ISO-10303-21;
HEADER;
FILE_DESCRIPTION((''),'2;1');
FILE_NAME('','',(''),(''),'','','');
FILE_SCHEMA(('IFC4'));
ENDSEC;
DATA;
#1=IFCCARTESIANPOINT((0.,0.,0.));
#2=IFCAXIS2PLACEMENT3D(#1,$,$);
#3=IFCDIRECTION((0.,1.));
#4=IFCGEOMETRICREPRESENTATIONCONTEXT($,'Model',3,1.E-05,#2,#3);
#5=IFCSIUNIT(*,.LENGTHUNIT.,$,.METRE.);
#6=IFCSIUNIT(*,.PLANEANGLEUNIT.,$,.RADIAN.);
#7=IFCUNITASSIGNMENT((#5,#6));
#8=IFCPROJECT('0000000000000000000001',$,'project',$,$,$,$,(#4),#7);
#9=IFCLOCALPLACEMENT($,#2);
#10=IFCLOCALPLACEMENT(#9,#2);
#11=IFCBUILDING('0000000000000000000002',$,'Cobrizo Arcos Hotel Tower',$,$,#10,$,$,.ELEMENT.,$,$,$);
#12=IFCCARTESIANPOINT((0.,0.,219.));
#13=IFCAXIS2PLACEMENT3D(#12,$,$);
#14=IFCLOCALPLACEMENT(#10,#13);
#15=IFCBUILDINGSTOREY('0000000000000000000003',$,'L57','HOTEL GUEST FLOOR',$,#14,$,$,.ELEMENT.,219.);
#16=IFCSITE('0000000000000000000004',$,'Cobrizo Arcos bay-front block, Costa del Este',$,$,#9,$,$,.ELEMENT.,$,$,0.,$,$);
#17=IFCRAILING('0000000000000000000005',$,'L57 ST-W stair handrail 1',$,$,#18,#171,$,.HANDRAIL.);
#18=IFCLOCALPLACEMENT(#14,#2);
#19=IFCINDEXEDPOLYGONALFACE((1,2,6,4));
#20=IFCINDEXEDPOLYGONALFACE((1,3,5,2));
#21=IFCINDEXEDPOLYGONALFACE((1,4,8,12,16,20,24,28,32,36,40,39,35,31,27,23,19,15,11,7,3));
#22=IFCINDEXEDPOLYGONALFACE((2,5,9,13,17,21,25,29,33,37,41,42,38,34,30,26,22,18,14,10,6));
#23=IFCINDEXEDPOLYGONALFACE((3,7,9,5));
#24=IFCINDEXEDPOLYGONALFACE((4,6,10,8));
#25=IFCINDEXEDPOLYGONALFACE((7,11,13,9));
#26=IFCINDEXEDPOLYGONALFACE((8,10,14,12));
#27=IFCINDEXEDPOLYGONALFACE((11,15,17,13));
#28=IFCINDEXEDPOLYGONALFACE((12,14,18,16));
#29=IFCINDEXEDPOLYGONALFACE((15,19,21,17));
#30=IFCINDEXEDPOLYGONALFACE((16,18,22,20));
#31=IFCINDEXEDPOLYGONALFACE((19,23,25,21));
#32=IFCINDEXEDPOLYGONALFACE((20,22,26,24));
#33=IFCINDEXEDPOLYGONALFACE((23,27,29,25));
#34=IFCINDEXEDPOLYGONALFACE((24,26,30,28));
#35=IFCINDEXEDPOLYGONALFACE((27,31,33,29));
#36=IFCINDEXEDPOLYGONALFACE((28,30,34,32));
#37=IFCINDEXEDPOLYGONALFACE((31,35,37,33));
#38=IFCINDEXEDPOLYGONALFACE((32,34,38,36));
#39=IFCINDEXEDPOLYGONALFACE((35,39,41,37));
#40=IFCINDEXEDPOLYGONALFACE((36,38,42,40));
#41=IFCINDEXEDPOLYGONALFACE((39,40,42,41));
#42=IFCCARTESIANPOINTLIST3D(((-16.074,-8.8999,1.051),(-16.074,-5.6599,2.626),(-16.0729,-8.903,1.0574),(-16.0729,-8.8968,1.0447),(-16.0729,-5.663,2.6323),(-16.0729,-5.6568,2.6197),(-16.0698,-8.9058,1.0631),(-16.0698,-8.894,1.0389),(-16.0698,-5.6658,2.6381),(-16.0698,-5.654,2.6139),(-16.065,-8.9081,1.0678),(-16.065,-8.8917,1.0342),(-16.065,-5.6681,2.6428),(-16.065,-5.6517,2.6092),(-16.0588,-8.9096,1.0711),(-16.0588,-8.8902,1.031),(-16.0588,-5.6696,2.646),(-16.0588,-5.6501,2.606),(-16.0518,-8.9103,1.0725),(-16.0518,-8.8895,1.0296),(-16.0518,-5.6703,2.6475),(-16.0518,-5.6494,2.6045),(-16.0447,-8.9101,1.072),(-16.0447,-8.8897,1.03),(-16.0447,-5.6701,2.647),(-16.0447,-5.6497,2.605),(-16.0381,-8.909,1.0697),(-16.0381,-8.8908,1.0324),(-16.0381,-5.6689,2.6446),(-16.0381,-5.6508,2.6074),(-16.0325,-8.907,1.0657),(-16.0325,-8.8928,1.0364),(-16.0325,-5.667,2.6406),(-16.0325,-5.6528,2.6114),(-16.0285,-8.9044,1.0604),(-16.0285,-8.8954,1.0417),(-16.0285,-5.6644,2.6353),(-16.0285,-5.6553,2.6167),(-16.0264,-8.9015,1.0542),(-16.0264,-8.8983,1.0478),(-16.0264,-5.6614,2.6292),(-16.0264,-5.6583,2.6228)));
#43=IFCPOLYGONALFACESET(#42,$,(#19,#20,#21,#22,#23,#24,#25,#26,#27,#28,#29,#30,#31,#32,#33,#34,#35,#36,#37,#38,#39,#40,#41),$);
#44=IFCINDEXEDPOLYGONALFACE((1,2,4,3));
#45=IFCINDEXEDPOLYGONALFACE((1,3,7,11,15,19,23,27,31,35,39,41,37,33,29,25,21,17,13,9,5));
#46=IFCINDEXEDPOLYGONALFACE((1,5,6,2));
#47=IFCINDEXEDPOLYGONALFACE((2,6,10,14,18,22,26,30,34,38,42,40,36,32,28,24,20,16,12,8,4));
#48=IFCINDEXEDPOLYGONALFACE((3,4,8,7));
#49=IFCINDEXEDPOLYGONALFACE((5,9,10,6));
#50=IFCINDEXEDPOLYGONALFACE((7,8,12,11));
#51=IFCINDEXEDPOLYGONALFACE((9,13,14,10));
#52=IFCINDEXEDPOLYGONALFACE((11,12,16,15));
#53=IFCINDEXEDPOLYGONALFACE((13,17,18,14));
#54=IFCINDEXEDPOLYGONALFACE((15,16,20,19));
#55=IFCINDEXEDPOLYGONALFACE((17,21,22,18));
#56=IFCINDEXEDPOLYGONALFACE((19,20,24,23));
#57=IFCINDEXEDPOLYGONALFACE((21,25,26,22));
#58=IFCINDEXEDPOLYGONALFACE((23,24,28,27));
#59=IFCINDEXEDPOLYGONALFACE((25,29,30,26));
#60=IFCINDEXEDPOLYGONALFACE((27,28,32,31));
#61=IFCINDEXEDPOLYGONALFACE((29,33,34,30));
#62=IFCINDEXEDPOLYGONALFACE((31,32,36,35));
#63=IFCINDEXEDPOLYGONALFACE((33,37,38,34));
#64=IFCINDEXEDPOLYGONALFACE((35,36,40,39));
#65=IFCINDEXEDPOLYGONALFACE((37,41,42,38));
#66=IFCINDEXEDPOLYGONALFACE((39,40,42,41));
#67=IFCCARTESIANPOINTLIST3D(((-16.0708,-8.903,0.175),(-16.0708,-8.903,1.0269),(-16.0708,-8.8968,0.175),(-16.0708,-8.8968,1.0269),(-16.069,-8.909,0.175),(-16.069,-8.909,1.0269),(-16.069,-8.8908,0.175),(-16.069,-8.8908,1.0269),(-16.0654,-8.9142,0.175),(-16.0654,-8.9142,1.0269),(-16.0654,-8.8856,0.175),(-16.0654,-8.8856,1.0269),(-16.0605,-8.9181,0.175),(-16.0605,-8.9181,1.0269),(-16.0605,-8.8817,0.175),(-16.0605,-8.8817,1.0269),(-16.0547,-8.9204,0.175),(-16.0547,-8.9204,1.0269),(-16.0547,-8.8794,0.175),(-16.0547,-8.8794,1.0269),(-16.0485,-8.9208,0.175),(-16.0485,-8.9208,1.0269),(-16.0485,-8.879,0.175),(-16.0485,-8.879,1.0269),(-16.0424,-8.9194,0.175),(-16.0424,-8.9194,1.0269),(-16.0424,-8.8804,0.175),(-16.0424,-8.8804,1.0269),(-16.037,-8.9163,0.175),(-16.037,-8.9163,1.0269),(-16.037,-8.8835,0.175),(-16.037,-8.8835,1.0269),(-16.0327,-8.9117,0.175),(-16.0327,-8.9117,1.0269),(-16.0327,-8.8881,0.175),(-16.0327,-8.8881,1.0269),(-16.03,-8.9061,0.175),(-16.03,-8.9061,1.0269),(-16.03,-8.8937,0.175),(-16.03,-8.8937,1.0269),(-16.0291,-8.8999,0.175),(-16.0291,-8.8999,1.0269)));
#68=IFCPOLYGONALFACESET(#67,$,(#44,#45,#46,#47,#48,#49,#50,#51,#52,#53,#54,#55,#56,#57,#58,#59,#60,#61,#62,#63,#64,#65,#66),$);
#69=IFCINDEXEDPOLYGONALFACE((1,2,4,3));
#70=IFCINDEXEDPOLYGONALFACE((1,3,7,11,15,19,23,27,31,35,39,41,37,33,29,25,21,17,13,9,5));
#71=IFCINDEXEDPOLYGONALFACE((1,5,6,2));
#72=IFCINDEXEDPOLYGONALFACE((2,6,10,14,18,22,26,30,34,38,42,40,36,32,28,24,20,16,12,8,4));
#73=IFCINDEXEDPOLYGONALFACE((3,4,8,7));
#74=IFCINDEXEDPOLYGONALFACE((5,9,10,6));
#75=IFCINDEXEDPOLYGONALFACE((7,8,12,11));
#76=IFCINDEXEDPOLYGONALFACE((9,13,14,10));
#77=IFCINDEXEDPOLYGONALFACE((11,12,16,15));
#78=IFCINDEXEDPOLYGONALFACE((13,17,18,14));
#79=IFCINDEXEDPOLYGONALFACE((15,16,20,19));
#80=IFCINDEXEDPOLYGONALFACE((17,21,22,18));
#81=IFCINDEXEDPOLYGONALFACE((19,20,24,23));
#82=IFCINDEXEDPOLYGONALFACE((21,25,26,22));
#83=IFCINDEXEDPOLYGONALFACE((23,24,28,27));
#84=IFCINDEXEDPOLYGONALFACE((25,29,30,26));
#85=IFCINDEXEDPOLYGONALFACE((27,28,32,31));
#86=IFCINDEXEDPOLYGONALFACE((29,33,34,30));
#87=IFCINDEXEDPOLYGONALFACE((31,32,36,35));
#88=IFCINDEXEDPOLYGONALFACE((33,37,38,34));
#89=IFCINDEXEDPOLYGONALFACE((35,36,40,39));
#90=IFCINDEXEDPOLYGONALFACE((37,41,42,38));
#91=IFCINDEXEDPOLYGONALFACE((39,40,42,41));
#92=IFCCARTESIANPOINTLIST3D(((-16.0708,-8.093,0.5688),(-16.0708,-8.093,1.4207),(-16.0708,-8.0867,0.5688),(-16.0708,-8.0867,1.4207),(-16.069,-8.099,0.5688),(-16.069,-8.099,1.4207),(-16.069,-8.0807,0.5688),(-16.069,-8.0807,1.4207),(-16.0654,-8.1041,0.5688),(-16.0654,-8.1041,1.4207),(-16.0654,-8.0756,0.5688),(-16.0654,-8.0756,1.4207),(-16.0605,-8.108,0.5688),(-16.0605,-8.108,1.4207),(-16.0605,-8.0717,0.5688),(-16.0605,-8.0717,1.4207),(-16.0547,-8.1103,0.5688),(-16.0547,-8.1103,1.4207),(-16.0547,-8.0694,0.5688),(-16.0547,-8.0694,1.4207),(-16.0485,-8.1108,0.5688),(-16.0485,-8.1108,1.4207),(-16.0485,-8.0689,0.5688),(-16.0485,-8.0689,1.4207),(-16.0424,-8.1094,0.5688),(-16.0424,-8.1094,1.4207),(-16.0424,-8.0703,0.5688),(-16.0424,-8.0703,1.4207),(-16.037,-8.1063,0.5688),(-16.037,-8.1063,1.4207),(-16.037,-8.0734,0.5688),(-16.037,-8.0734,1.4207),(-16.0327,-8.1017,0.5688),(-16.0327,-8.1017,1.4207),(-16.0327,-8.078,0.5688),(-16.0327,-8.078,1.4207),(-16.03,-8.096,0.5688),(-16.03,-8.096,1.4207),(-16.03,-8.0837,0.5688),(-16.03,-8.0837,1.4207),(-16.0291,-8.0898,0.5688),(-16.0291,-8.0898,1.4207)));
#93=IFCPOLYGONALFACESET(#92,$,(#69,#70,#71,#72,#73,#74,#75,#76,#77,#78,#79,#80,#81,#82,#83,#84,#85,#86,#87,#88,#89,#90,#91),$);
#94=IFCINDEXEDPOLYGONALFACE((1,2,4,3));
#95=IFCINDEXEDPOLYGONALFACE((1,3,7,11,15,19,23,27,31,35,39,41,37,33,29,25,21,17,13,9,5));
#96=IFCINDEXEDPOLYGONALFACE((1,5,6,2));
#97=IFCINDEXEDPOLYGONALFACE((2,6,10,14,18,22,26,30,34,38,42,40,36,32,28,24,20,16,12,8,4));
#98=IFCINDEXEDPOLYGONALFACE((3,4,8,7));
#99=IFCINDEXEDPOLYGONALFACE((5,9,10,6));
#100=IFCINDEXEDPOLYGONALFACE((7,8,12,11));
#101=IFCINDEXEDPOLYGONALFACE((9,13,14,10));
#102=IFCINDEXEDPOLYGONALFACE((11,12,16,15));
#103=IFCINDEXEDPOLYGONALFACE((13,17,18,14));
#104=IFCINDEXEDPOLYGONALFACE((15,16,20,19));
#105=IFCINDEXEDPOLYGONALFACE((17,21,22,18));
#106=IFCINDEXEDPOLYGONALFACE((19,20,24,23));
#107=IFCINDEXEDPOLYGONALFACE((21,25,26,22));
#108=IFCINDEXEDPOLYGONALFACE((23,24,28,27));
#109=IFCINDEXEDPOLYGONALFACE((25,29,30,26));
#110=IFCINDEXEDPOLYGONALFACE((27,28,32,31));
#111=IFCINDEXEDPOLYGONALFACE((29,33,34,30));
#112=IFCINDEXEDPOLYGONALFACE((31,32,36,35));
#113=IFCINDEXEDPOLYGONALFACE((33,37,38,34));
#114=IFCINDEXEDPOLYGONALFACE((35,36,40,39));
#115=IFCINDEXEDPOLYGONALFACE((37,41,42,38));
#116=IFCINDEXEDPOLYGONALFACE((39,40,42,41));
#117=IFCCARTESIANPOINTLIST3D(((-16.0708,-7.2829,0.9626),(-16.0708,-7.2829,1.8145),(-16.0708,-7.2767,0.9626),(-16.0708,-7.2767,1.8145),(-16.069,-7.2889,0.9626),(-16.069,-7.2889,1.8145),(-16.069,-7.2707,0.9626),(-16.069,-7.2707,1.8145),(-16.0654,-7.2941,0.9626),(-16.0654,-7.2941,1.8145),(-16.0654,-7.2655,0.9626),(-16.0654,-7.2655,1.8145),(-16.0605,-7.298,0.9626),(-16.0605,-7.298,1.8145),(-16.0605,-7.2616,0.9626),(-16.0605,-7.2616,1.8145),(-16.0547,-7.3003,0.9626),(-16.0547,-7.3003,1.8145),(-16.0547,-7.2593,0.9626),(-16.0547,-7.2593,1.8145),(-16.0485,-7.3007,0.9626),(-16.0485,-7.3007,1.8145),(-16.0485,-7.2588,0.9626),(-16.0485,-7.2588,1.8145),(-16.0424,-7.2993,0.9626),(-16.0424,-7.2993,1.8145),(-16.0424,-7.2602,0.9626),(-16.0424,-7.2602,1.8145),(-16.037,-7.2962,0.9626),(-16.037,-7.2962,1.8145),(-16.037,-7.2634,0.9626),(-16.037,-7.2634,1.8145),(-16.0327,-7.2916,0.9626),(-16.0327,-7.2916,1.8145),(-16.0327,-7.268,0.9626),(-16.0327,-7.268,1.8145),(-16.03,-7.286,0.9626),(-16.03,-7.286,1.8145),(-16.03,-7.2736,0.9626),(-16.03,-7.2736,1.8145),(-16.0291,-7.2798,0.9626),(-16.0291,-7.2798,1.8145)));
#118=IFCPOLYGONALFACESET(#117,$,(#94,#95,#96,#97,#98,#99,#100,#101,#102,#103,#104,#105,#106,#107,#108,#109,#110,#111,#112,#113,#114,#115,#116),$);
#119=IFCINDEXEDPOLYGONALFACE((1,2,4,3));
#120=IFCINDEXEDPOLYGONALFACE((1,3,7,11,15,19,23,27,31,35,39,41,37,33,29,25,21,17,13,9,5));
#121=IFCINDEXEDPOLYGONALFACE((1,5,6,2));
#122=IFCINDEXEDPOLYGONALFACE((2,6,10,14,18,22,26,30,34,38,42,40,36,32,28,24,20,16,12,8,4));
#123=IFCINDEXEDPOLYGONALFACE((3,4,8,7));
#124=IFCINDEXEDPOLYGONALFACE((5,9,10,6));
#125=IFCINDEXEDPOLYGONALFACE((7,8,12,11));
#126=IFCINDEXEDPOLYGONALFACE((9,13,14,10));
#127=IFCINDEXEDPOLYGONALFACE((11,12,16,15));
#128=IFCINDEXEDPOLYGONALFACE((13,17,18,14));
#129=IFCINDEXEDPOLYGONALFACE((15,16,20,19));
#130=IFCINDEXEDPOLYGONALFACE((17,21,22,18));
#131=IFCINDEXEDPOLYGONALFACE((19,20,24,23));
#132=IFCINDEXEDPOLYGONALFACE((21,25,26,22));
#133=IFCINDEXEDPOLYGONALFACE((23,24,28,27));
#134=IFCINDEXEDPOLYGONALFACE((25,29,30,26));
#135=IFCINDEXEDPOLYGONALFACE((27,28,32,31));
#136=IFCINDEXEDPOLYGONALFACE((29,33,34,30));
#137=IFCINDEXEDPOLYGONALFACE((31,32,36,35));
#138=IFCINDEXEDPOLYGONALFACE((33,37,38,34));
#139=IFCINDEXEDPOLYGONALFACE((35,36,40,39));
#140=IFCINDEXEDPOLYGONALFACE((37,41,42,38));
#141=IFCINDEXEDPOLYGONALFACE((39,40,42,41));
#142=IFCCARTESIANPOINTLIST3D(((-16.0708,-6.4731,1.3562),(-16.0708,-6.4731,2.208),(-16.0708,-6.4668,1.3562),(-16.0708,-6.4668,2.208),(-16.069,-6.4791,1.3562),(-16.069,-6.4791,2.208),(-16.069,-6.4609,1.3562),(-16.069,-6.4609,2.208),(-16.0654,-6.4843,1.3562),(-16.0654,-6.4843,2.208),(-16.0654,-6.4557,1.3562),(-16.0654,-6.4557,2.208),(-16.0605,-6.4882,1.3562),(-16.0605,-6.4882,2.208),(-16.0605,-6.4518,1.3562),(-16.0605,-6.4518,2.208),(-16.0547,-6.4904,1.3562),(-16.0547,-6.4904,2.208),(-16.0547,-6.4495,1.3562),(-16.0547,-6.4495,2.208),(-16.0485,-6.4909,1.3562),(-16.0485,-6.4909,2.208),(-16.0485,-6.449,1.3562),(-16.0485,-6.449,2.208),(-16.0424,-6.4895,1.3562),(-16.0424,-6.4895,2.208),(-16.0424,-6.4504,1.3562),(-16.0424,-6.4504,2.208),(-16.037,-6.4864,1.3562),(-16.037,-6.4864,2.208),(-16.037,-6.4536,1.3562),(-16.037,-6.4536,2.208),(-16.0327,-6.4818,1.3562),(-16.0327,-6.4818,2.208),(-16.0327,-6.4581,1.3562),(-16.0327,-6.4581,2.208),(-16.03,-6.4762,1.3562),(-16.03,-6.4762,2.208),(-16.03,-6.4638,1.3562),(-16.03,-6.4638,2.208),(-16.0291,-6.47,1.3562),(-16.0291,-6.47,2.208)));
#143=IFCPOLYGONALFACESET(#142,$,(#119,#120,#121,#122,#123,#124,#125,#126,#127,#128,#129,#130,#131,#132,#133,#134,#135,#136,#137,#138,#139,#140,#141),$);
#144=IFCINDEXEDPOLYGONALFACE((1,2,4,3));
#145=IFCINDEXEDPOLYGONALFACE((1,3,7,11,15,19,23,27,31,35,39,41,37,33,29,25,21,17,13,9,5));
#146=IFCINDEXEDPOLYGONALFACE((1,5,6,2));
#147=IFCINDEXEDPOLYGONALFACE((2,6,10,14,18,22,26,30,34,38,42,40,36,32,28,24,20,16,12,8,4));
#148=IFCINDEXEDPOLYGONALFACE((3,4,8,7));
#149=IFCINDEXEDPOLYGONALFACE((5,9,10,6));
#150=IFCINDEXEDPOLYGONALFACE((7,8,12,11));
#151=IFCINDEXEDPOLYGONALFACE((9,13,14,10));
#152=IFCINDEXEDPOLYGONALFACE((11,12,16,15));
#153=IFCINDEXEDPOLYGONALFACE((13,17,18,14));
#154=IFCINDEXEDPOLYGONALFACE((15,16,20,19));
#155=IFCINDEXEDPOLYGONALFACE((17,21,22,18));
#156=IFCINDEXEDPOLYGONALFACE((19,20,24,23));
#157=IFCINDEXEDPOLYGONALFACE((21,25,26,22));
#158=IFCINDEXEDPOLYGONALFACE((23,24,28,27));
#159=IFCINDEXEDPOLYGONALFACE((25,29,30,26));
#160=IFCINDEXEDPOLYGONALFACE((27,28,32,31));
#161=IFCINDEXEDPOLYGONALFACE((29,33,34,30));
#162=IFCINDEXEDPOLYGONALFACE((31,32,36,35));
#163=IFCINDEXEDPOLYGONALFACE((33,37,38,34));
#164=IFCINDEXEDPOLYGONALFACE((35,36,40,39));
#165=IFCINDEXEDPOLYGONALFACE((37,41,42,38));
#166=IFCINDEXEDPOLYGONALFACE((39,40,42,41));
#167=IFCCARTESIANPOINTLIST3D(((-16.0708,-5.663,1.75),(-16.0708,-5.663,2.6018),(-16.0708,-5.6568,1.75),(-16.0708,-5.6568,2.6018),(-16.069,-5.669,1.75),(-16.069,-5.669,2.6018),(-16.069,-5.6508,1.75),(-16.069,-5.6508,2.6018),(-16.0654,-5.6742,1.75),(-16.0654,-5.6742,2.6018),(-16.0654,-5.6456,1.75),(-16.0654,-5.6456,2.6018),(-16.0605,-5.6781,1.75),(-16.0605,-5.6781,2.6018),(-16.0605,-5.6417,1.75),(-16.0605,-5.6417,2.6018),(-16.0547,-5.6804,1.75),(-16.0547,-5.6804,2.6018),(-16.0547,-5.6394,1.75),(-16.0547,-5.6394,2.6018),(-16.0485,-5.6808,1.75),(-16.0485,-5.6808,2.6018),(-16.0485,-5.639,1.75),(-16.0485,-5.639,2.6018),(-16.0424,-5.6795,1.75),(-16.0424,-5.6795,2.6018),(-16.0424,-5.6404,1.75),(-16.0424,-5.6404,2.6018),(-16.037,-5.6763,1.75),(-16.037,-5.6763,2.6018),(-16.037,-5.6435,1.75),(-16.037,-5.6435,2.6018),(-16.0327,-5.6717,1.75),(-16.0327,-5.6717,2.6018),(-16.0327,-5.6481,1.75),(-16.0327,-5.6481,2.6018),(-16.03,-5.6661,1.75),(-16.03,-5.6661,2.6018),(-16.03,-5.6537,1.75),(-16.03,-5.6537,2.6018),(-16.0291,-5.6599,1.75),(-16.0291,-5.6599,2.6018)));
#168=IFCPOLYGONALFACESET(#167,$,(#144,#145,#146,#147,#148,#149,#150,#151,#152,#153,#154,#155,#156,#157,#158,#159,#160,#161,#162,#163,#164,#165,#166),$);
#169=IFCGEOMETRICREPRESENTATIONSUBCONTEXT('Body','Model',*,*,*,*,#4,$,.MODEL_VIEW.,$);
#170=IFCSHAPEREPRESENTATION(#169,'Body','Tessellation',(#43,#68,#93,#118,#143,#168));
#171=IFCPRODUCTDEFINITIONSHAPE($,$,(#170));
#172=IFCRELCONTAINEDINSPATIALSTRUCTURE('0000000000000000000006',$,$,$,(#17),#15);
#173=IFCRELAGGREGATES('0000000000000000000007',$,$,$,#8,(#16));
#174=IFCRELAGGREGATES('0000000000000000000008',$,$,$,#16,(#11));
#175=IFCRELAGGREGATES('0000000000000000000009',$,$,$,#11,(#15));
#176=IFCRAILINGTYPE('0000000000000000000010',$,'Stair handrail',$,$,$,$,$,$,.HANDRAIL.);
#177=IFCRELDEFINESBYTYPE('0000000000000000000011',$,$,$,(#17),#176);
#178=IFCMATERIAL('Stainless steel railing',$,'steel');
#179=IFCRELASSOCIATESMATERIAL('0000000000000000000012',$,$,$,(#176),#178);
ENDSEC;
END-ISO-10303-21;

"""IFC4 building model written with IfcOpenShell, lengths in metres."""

from ifc_helpers import new_model, si_unit, direction, frame, origin, origin_2d, place, context, subcontext, project, spatial, circle, extrude, material, type_object, element, save


model = new_model("IFC4")

# Units and contexts
model_context = context("Model", 3, precision=1e-05, world=origin(), true_north=direction((0.0, 1.0)))
body_context = subcontext(model_context, "Body", "Model", "MODEL_VIEW")
ifc_project = project(units=[si_unit("LENGTHUNIT", "METRE"), si_unit("PLANEANGLEUNIT", "RADIAN")], contexts=[model_context])

# Site, building, storey
site_placement = place(None, origin())
site = spatial("IfcSite", under=ifc_project, at=site_placement, Name="Cobrizo Arcos bay-front block, Costa del Este", CompositionType="ELEMENT", RefElevation=0.0)
building_placement = place(site_placement, origin())
building = spatial("IfcBuilding", under=site, at=building_placement, Name="Cobrizo Arcos Hotel Tower", CompositionType="ELEMENT")
storey_placement = place(building_placement, frame((0.0, 0.0, 219.0)))
storey = spatial("IfcBuildingStorey", under=building, at=storey_placement, Name="L57", Description="HOTEL GUEST FLOOR", CompositionType="ELEMENT", Elevation=219.0)

# Railing
ifc_material_1 = material(Name="Stainless steel railing", Category="steel")
railing_type_1 = type_object("IfcRailingType", Name="Stair handrail", PredefinedType="HANDRAIL", material=ifc_material_1)
railing_1_placement = place(storey_placement, frame((-16.05, -8.8999, 0.175)))
element("IfcRailing", 1, at=railing_1_placement, inside=storey, type_object=railing_type_1, Name="L57 ST-W stair handrail 1", PredefinedType="HANDRAIL", context=body_context, shape_type="SweptSolid", body=[
    extrude(circle(Radius=0.0239, at=origin_2d()), frame((0.0, 0.0, 0.876), z_axis=(0.0, 0.899373, 0.437183), x_axis=(-1.0, 0.0, 0.0)), (0.0, 0.0, 1.0), 3.6025),
    extrude(circle(Radius=0.021, at=origin_2d()), origin(), (0.0, 0.0, 1.0), 0.8518),
    extrude(circle(Radius=0.021, at=origin_2d()), frame((0.0, 0.8101, 0.3938)), (0.0, 0.0, 1.0), 0.8518),
    extrude(circle(Radius=0.021, at=origin_2d()), frame((0.0, 1.6201, 0.7876)), (0.0, 0.0, 1.0), 0.8518),
    extrude(circle(Radius=0.021, at=origin_2d()), frame((0.0, 2.4299, 1.1812)), (0.0, 0.0, 1.0), 0.8518),
    extrude(circle(Radius=0.021, at=origin_2d()), frame((0.0, 3.24, 1.575)), (0.0, 0.0, 1.0), 0.8518),
])

save(model, "model.ifc")
